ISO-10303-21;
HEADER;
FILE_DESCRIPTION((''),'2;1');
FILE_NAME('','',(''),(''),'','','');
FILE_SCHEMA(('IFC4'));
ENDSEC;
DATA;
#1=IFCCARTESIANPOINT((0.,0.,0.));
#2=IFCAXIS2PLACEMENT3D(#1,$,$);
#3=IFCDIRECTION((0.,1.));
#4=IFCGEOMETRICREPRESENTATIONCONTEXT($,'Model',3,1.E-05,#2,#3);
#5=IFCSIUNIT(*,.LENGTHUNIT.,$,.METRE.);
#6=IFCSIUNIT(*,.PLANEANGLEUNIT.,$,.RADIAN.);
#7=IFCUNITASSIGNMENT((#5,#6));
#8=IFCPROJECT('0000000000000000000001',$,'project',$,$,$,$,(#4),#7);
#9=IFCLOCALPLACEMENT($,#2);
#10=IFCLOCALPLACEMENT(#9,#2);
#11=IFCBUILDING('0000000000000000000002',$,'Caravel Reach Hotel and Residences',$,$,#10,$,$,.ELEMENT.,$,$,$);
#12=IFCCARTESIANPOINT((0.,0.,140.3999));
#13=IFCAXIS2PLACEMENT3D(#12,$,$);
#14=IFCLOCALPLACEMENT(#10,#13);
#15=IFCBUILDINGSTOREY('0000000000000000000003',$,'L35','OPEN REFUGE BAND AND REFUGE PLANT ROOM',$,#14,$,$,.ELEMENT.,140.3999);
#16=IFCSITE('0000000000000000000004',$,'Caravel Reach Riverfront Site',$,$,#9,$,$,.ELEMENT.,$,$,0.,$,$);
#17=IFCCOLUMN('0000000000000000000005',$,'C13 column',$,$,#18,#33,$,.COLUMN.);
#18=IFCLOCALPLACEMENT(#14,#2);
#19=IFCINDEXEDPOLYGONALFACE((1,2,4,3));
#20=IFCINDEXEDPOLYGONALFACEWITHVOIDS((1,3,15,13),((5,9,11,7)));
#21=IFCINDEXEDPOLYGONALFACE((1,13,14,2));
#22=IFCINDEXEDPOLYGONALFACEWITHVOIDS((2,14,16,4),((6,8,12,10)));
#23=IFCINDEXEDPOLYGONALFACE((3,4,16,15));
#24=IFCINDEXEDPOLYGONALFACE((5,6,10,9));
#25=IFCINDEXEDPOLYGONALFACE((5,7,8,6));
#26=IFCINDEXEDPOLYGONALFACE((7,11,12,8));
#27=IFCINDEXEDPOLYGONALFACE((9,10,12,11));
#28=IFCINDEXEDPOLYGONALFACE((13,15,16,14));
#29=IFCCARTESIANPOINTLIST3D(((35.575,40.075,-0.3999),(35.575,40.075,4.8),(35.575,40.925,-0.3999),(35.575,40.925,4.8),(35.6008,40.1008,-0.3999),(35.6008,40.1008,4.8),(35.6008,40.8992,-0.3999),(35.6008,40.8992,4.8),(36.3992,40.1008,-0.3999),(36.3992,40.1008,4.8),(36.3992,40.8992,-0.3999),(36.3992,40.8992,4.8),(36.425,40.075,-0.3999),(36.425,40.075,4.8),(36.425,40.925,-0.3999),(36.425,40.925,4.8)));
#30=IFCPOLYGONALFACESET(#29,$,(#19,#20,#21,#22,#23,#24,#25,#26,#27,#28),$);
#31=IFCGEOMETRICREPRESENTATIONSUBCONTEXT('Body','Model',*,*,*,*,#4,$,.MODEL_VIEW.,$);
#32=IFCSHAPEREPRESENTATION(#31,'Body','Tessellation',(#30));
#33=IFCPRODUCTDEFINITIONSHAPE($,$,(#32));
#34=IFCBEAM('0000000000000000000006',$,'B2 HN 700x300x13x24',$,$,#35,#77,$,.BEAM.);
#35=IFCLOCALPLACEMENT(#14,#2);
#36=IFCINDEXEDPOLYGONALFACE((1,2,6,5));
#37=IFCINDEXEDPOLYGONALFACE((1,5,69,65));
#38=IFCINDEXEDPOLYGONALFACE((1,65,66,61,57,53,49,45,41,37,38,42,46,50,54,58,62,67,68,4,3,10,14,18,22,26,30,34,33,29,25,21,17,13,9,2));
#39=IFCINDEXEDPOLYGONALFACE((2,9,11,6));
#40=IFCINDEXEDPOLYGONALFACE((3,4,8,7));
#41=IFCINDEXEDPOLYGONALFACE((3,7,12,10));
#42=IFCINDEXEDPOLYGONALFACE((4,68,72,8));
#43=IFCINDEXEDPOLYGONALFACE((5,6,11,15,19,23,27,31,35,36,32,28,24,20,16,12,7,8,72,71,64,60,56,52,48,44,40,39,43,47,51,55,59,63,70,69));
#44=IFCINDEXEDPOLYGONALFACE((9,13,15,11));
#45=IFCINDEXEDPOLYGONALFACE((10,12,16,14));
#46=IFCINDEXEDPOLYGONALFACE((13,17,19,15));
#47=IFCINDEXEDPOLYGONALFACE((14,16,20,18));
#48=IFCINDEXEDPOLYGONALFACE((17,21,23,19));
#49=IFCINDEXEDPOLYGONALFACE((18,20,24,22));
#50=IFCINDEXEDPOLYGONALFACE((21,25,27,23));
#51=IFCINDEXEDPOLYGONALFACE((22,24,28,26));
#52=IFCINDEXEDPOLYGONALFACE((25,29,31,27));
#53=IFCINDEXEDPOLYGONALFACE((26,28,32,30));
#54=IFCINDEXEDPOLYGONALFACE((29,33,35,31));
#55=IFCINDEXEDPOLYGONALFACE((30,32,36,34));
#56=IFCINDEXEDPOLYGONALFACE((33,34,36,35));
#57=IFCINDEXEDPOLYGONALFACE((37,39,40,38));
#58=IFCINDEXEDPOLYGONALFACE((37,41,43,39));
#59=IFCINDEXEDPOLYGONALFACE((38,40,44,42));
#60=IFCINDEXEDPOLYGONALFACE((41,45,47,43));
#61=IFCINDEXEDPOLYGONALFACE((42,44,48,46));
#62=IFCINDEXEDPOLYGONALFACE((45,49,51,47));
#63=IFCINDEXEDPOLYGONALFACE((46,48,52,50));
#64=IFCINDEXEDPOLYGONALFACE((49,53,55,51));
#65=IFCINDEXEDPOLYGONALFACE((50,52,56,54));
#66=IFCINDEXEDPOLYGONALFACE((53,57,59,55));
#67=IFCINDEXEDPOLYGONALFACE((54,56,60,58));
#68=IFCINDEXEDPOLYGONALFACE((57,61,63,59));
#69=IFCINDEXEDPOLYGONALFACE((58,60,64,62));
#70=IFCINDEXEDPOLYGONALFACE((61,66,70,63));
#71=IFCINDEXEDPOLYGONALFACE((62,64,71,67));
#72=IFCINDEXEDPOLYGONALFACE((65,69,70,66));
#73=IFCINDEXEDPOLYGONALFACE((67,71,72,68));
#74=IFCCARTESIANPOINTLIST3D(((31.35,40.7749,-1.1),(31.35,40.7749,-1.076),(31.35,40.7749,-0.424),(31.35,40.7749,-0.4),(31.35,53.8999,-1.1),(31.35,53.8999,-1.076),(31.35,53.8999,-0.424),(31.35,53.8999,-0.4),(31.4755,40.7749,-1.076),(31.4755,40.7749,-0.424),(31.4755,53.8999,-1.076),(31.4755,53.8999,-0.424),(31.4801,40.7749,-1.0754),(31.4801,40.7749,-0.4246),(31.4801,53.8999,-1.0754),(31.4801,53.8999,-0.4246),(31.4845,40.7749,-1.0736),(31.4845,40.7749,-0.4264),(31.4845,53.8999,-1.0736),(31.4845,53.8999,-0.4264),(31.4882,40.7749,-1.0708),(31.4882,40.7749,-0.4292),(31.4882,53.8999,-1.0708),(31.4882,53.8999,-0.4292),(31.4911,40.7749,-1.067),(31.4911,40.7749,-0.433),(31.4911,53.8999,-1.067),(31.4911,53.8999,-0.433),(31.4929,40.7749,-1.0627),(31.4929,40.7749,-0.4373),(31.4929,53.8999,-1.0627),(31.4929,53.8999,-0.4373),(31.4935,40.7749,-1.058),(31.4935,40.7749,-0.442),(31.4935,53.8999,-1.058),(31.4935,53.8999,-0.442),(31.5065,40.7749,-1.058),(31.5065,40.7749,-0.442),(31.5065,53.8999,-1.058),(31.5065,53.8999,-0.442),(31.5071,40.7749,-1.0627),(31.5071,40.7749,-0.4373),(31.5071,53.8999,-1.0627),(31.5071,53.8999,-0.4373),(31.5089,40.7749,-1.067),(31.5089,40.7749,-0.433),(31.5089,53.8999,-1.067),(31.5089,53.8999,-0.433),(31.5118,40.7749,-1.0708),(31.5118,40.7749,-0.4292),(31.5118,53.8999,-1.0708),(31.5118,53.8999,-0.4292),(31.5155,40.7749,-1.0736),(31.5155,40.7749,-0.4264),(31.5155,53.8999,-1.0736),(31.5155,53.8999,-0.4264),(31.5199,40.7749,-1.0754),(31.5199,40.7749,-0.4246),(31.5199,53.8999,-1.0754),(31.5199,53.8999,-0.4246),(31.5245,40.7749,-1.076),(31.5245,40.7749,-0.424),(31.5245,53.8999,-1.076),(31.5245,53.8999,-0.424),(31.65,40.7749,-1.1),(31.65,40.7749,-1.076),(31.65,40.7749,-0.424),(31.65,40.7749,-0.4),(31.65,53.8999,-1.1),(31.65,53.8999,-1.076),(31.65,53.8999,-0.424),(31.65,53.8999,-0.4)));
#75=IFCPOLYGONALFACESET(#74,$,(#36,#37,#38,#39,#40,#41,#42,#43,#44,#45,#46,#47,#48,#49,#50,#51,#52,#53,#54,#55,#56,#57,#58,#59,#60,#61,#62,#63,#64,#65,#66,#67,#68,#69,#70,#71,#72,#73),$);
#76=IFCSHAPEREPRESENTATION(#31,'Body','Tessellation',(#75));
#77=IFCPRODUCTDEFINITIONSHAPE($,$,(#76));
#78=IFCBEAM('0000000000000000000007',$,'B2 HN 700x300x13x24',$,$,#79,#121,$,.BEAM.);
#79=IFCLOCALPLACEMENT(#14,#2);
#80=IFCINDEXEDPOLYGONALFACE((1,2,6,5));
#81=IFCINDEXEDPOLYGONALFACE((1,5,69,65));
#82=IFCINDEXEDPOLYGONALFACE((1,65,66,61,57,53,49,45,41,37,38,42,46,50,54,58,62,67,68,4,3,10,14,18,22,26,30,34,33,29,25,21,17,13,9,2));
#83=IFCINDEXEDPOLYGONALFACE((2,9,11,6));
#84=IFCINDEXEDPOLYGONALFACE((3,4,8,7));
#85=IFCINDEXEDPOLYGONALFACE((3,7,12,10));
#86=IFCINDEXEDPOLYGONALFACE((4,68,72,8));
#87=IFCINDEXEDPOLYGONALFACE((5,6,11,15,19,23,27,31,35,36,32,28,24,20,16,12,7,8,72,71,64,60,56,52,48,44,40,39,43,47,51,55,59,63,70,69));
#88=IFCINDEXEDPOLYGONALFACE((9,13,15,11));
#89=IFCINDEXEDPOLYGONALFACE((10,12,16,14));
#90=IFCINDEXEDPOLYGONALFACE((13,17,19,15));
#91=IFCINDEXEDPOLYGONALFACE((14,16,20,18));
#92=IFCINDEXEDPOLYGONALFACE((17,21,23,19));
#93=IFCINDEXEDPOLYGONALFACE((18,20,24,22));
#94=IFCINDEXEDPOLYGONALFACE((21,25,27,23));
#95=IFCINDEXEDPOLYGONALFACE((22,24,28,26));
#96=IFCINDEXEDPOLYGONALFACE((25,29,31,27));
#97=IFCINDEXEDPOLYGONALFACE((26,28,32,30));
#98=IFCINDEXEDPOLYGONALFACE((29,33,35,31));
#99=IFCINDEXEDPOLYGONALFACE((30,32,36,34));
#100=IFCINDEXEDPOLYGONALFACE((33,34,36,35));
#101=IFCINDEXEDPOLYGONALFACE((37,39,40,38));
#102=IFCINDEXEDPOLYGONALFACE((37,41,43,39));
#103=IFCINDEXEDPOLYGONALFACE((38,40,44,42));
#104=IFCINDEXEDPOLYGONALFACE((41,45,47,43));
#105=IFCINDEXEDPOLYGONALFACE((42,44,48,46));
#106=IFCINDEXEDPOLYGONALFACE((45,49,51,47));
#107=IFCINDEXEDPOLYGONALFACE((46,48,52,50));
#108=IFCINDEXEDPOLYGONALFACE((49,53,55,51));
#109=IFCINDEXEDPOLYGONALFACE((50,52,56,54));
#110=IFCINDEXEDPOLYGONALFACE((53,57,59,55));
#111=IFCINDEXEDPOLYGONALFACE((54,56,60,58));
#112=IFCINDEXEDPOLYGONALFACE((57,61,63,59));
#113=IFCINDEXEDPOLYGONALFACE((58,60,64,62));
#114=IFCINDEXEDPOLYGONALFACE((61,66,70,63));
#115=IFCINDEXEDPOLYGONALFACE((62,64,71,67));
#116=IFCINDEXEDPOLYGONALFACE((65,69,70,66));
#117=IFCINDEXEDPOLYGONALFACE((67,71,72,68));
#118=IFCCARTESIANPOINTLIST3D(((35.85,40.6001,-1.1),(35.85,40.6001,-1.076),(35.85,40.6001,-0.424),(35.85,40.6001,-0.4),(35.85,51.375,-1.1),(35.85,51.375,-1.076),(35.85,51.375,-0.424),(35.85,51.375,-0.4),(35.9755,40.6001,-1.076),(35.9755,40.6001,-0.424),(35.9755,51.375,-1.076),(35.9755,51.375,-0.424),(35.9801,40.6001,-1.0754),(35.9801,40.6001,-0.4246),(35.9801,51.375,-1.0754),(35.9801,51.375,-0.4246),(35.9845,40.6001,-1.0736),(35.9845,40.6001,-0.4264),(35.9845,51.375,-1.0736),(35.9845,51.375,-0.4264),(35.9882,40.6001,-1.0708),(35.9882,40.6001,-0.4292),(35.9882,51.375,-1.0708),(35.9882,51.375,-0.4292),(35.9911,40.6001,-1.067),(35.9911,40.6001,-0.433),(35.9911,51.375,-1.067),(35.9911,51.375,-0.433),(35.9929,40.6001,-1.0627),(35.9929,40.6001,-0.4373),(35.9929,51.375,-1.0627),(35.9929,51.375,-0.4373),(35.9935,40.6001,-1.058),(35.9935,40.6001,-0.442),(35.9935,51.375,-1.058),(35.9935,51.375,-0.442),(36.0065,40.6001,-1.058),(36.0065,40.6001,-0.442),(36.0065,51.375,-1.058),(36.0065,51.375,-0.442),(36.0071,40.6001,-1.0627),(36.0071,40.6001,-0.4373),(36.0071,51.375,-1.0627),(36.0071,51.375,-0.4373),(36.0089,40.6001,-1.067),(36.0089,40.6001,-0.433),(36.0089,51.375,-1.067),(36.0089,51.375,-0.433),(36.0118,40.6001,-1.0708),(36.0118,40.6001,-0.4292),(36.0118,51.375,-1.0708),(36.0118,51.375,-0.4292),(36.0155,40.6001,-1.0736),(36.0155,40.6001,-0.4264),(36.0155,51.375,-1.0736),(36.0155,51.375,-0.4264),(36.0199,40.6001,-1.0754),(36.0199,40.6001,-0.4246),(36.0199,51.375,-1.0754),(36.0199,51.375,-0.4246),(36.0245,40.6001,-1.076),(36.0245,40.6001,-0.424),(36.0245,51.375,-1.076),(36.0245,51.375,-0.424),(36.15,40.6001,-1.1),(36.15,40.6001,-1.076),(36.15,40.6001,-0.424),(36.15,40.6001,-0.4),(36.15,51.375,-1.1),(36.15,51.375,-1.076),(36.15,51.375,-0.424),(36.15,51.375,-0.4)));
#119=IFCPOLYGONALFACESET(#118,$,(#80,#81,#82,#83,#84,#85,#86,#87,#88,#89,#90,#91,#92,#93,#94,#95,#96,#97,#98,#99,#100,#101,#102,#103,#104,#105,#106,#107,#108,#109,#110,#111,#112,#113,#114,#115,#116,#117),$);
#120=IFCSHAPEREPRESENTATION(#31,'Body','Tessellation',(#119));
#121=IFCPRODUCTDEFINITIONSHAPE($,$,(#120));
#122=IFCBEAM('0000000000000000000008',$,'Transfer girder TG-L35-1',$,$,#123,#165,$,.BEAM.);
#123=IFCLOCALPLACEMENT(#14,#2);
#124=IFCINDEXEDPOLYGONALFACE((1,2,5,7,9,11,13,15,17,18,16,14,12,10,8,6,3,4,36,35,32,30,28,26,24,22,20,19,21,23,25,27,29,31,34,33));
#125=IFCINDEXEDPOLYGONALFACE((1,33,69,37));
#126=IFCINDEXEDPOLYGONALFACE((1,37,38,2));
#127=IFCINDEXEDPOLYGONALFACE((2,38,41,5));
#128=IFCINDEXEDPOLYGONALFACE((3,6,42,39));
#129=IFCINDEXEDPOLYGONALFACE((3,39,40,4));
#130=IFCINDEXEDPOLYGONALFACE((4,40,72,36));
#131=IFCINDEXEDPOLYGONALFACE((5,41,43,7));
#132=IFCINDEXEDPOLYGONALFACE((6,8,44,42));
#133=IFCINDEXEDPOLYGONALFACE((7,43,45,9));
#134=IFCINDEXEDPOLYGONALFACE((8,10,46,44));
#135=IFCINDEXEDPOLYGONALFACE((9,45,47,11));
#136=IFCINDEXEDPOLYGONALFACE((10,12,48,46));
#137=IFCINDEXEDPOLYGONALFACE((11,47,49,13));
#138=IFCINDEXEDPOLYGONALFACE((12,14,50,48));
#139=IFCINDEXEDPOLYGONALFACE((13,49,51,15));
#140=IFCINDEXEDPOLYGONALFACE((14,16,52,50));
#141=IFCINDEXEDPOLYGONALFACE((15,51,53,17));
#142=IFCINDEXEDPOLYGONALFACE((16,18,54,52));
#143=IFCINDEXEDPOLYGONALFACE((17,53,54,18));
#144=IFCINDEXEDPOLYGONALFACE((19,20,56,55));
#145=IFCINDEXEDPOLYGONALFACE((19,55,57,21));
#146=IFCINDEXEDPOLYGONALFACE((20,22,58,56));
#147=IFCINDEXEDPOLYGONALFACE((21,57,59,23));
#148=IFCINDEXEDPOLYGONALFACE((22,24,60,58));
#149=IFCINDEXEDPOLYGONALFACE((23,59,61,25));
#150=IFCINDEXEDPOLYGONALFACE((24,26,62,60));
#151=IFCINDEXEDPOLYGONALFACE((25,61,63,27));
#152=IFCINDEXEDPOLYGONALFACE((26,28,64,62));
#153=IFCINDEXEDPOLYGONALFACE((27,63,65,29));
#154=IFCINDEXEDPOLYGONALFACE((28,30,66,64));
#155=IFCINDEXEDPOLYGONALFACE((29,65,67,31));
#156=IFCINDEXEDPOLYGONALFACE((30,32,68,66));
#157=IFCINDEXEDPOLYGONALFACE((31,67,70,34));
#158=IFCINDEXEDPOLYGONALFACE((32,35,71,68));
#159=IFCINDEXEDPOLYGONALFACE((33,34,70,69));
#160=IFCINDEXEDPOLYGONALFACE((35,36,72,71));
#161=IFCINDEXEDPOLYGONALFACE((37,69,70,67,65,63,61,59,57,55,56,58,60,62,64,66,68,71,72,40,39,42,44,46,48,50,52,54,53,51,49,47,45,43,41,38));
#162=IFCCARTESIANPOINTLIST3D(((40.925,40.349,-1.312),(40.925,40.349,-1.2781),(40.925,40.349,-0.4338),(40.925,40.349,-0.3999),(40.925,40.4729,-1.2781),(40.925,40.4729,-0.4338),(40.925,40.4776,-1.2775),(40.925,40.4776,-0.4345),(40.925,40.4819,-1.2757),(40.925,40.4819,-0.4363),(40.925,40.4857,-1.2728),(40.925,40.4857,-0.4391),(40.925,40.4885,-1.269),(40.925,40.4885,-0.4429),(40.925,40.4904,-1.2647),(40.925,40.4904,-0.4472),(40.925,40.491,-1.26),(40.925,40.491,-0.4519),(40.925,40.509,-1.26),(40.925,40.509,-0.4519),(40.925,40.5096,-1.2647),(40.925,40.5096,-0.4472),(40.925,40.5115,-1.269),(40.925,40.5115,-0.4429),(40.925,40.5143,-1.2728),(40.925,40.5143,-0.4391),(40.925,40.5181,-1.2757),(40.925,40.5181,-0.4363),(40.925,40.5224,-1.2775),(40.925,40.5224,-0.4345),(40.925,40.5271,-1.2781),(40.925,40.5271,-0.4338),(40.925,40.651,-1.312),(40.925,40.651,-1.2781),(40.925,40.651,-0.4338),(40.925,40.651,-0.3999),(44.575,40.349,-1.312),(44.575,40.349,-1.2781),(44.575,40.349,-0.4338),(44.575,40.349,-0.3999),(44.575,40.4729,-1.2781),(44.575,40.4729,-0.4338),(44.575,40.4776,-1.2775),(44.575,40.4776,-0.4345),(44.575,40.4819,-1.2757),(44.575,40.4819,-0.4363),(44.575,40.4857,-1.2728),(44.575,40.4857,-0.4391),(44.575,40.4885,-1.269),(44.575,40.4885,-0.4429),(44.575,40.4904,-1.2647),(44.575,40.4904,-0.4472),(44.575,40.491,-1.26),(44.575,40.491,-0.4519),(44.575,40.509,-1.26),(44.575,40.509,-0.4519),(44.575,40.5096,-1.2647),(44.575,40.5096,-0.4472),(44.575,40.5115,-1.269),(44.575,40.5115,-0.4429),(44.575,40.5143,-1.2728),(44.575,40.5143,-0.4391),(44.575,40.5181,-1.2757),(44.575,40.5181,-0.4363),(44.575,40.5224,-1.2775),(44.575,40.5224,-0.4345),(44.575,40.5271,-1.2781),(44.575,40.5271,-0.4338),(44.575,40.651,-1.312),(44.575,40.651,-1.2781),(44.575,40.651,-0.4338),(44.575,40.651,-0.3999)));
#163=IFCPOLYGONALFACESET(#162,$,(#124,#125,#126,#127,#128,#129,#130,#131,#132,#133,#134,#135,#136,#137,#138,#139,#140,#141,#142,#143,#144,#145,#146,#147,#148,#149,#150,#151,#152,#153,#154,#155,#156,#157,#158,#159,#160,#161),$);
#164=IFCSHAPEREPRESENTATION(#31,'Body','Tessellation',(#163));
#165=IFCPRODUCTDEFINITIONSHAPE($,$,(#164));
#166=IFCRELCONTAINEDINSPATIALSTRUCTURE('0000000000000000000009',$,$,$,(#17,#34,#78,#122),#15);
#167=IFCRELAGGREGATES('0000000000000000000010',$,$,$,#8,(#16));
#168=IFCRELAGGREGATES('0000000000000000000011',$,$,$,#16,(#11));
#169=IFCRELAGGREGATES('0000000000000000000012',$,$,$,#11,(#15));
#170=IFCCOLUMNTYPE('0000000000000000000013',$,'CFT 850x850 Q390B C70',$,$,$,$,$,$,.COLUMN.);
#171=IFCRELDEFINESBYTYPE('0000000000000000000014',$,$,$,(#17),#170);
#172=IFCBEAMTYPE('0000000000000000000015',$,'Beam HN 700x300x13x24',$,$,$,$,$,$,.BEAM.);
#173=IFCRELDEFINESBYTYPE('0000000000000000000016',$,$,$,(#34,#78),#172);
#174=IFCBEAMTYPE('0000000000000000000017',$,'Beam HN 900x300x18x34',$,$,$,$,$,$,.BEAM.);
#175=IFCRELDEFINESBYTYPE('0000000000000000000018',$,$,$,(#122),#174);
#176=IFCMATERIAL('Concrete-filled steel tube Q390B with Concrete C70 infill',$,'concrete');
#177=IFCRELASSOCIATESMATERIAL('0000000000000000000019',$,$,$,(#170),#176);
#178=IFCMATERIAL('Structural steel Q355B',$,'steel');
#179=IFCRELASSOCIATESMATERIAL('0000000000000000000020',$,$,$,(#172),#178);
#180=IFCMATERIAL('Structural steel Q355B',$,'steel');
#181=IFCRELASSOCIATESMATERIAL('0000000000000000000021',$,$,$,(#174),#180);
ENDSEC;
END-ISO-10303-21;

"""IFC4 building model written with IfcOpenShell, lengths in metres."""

from ifc_helpers import new_model, si_unit, direction, frame, origin, origin_2d, place, context, subcontext, project, spatial, hollow_rectangle, i_section, extrude, material, material_profile, profile_set, type_object, element, save


model = new_model("IFC4")

# Units and contexts
model_context = context("Model", 3, precision=1e-05, world=origin(), true_north=direction((0.0, 1.0)))
body_context = subcontext(model_context, "Body", "Model", "MODEL_VIEW")
ifc_project = project(units=[si_unit("LENGTHUNIT", "METRE"), si_unit("PLANEANGLEUNIT", "RADIAN")], contexts=[model_context])

# Site, building, storey
site_placement = place(None, origin())
site = spatial("IfcSite", under=ifc_project, at=site_placement, Name="Caravel Reach Riverfront Site", CompositionType="ELEMENT", RefElevation=0.0)
building_placement = place(site_placement, origin())
building = spatial("IfcBuilding", under=site, at=building_placement, Name="Caravel Reach Hotel and Residences", CompositionType="ELEMENT")
storey_placement = place(building_placement, frame((0.0, 0.0, 140.3999)))
storey = spatial("IfcBuildingStorey", under=building, at=storey_placement, Name="L35", Description="OPEN REFUGE BAND AND REFUGE PLANT ROOM", CompositionType="ELEMENT", Elevation=140.3999)

# Column
ifc_material_1 = material(Name="Concrete-filled steel tube Q390B with Concrete C70 infill", Category="concrete")
ifc_material_profile_1 = material_profile(ifc_material_1, hollow_rectangle(XDim=0.8501, YDim=0.8501, WallThickness=0.0259, at=origin_2d()), Name="RHS 850x850x26")
ifc_profile_set_1 = profile_set([ifc_material_profile_1], Name="Concrete-filled steel tube Q390B with Concrete C70 infill")
column_type = type_object("IfcColumnType", Name="CFT 850x850 Q390B C70", PredefinedType="COLUMN", material=ifc_profile_set_1)
column_placement = place(storey_placement, frame((36.0, 40.5, -0.3999), z_axis=(0.0, 0.0, 1.0), x_axis=(1.0, 0.0, 0.0)))
element("IfcColumn", 1, at=column_placement, inside=storey, type_object=column_type, Name="C13 column", PredefinedType="COLUMN", context=body_context, shape_type="SweptSolid", body=[
    extrude(hollow_rectangle(XDim=0.8501, YDim=0.8501, WallThickness=0.0259, at=origin_2d()), origin(), (0.0, 0.0, 1.0), 5.2),
])

# Beams
ifc_material_2 = material(Name="Structural steel Q355B", Category="steel")
ifc_material_profile_2 = material_profile(ifc_material_2, i_section(OverallWidth=0.3, OverallDepth=0.7, WebThickness=0.0129, FlangeThickness=0.0239, FilletRadius=0.0181, at=origin_2d()), Name="HN 700x300x13x24")
ifc_profile_set_2 = profile_set([ifc_material_profile_2], Name="Structural steel Q355B")
beam_type_1 = type_object("IfcBeamType", Name="Beam HN 700x300x13x24", PredefinedType="BEAM", material=ifc_profile_set_2)
beam_1_placement = place(storey_placement, frame((31.5, 40.7749, -0.75), z_axis=(0.0, 1.0, 0.0), x_axis=(-1.0, 0.0, 0.0)))
element("IfcBeam", 2, at=beam_1_placement, inside=storey, type_object=beam_type_1, Name="B2 HN 700x300x13x24", PredefinedType="BEAM", context=body_context, shape_type="SweptSolid", body=[
    extrude(i_section(OverallWidth=0.3, OverallDepth=0.7, WebThickness=0.0129, FlangeThickness=0.0239, FilletRadius=0.0181, at=origin_2d()), origin(), (0.0, 0.0, 1.0), 13.125),
])
beam_2_placement = place(storey_placement, frame((36.0, 40.6001, -0.75), z_axis=(0.0, 1.0, 0.0), x_axis=(-1.0, 0.0, 0.0)))
element("IfcBeam", 3, at=beam_2_placement, inside=storey, type_object=beam_type_1, Name="B2 HN 700x300x13x24", PredefinedType="BEAM", context=body_context, shape_type="SweptSolid", body=[
    extrude(i_section(OverallWidth=0.3, OverallDepth=0.7, WebThickness=0.0129, FlangeThickness=0.0239, FilletRadius=0.0181, at=origin_2d()), origin(), (0.0, 0.0, 1.0), 10.7749),
])
ifc_material_3 = material(Name="Structural steel Q355B", Category="steel")
ifc_material_profile_3 = material_profile(ifc_material_3, i_section(OverallWidth=0.302, OverallDepth=0.9121, WebThickness=0.0181, FlangeThickness=0.0339, FilletRadius=0.0181, at=origin_2d()), Name="HN 900x300x18x34")
ifc_profile_set_3 = profile_set([ifc_material_profile_3], Name="Structural steel Q355B")
beam_type_2 = type_object("IfcBeamType", Name="Beam HN 900x300x18x34", PredefinedType="BEAM", material=ifc_profile_set_3)
beam_3_placement = place(storey_placement, frame((44.575, 40.5, -0.856), z_axis=(-1.0, 0.0, 0.0), x_axis=(0.0, -1.0, 0.0)))
element("IfcBeam", 4, at=beam_3_placement, inside=storey, type_object=beam_type_2, Name="Transfer girder TG-L35-1", PredefinedType="BEAM", context=body_context, shape_type="SweptSolid", body=[
    extrude(i_section(OverallWidth=0.302, OverallDepth=0.9121, WebThickness=0.0181, FlangeThickness=0.0339, FilletRadius=0.0181, at=origin_2d()), origin(), (0.0, 0.0, 1.0), 3.6499),
])

save(model, "model.ifc")
